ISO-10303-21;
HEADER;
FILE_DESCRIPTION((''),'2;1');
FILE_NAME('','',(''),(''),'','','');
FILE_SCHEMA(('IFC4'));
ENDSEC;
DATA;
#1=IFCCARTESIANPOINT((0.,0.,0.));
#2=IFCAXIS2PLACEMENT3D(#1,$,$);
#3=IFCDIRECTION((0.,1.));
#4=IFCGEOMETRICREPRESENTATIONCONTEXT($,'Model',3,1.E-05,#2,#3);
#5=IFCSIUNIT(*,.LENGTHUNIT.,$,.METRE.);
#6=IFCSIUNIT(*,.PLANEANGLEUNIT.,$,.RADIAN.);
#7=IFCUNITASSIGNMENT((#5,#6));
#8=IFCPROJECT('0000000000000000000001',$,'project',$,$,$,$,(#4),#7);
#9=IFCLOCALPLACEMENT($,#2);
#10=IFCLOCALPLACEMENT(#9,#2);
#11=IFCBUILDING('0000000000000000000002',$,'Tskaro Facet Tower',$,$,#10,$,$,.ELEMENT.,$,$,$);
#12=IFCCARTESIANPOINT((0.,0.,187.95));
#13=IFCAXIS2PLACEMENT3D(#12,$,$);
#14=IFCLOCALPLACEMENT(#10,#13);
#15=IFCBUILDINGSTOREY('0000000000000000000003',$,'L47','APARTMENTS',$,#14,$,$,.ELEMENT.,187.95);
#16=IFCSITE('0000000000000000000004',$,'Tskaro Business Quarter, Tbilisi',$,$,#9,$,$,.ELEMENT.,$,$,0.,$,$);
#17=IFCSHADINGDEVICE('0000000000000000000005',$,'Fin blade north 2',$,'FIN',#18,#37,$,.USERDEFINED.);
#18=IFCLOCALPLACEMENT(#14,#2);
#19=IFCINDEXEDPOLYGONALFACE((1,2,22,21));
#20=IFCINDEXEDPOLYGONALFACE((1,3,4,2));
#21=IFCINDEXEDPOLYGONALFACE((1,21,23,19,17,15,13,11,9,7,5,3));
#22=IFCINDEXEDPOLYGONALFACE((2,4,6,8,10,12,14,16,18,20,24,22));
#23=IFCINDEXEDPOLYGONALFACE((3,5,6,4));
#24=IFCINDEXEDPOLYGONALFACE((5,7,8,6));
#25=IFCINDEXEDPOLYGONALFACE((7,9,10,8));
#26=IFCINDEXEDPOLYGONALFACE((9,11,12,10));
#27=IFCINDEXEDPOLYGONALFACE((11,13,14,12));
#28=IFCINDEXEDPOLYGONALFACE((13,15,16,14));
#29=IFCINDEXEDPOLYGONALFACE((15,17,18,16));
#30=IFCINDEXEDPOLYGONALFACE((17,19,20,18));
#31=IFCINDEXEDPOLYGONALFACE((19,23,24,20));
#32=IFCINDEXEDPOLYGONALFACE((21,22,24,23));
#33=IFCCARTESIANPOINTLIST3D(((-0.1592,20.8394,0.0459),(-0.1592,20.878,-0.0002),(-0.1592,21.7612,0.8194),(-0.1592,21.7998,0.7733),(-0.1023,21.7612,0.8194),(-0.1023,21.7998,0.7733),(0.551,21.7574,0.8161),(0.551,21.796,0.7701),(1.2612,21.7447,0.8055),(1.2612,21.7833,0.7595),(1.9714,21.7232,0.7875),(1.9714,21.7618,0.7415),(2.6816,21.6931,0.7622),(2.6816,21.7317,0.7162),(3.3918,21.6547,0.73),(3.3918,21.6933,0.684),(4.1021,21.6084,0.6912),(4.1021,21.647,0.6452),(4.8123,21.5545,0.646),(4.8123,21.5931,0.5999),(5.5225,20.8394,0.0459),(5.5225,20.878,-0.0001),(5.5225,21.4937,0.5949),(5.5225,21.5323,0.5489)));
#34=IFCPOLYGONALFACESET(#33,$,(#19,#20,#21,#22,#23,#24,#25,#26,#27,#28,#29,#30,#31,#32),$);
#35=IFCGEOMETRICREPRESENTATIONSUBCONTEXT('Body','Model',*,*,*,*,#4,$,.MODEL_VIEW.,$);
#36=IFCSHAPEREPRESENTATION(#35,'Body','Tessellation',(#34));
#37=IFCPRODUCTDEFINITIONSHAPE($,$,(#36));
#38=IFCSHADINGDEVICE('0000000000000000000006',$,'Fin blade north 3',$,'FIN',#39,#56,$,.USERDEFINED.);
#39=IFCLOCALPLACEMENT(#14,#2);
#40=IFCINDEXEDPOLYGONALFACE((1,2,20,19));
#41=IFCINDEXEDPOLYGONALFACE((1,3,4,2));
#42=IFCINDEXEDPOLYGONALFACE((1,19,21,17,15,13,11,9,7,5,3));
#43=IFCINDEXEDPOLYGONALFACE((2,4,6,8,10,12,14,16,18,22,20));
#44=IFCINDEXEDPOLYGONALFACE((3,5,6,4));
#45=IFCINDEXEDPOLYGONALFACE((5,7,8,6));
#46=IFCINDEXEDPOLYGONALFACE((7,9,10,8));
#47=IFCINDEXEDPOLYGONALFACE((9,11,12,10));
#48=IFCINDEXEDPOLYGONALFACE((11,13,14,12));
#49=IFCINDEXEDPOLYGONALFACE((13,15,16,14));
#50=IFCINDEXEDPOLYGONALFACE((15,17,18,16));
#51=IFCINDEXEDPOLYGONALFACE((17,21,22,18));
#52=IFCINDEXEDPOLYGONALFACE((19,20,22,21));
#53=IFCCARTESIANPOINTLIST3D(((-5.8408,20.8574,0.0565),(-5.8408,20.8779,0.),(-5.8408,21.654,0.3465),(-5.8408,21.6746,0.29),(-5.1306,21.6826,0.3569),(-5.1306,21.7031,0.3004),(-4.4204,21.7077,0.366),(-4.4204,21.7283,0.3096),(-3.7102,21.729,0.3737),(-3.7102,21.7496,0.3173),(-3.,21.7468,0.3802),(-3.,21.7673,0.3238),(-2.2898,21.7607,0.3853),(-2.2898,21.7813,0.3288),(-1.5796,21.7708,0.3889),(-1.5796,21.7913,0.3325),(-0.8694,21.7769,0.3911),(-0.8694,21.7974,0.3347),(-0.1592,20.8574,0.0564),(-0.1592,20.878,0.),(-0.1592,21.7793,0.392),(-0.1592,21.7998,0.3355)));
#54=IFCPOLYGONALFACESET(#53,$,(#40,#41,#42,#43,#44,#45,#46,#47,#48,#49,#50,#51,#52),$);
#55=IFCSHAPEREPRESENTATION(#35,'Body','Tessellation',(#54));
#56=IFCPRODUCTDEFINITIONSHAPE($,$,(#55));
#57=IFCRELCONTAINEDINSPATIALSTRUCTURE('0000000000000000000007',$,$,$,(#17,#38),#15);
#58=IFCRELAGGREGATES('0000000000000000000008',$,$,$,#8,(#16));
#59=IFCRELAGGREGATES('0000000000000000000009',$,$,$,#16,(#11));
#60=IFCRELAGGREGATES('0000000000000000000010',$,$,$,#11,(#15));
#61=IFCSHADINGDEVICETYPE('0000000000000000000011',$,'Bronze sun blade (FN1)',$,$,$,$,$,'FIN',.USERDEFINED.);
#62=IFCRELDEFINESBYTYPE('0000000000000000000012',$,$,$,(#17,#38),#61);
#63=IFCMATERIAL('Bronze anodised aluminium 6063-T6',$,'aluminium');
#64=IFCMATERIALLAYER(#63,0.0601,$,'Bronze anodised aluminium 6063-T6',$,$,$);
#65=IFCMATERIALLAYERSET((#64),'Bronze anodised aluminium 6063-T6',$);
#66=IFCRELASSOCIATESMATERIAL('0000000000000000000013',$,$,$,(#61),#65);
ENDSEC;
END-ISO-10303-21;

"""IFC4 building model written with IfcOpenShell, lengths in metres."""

from ifc_helpers import new_model, si_unit, direction, frame, origin, place, context, subcontext, project, spatial, polyline, outline, extrude, material, layer, layer_set, type_object, element, save


model = new_model("IFC4")

# Units and contexts
model_context = context("Model", 3, precision=1e-05, world=origin(), true_north=direction((0.0, 1.0)))
body_context = subcontext(model_context, "Body", "Model", "MODEL_VIEW")
ifc_project = project(units=[si_unit("LENGTHUNIT", "METRE"), si_unit("PLANEANGLEUNIT", "RADIAN")], contexts=[model_context])

# Site, building, storey
site_placement = place(None, origin())
site = spatial("IfcSite", under=ifc_project, at=site_placement, Name="Tskaro Business Quarter, Tbilisi", CompositionType="ELEMENT", RefElevation=0.0)
building_placement = place(site_placement, origin())
building = spatial("IfcBuilding", under=site, at=building_placement, Name="Tskaro Facet Tower", CompositionType="ELEMENT")
storey_placement = place(building_placement, frame((0.0, 0.0, 187.95)))
storey = spatial("IfcBuildingStorey", under=building, at=storey_placement, Name="L47", Description="APARTMENTS", CompositionType="ELEMENT", Elevation=187.95)

# Shared definitions
ifc_material_1 = material(Name="Bronze anodised aluminium 6063-T6", Category="aluminium")

# Shading devices
ifc_layer_1 = layer(ifc_material_1, 0.0601, Name="Bronze anodised aluminium 6063-T6")
ifc_layer_set_1 = layer_set([ifc_layer_1], Name="Bronze anodised aluminium 6063-T6")
shading_device_type = type_object("IfcShadingDeviceType", Name="Bronze sun blade (FN1)", ElementType="FIN", PredefinedType="USERDEFINED", material=ifc_layer_set_1)
shading_device_1_placement = place(storey_placement, frame((5.5225, 20.8394, 0.0459), z_axis=(-0.000011, -0.64279, 0.766043), x_axis=(-1.0, 0.000007, -0.000008)))
element("IfcShadingDevice", 1, at=shading_device_1_placement, inside=storey, type_object=shading_device_type, Name="Fin blade north 2", ObjectType="FIN", PredefinedType="USERDEFINED", context=body_context, shape_type="SweptSolid", body=[
    extrude(outline(polyline([(0.0, 0.0), (5.6816, 0.0), (5.6816, -1.2034), (5.6248, -1.2034), (4.9714, -1.1983), (4.2612, -1.1818), (3.551, -1.1538), (2.8408, -1.1145), (2.1306, -1.0644), (1.4204, -1.0039), (0.7102, -0.9335), (0.0, -0.8542), (0.0, 0.0)])), origin(), (0.0, 0.0, -1.0), 0.0601),
])
shading_device_2_placement = place(storey_placement, frame((-0.1592, 20.8574, 0.0564), z_axis=(0.000015, -0.34207, 0.939674), x_axis=(-1.0, -0.000005, 0.000014)))
element("IfcShadingDevice", 2, at=shading_device_2_placement, inside=storey, type_object=shading_device_type, Name="Fin blade north 3", ObjectType="FIN", PredefinedType="USERDEFINED", context=body_context, shape_type="SweptSolid", body=[
    extrude(outline(polyline([(0.0, 0.0), (5.6816, 0.0), (5.6816, -0.8478), (4.9714, -0.8781), (4.2612, -0.9049), (3.551, -0.9276), (2.8408, -0.9465), (2.1306, -0.9613), (1.4204, -0.972), (0.7102, -0.9785), (0.0, -0.981), (0.0, 0.0)])), origin(), (0.0, 0.0, -1.0), 0.0601),
])

save(model, "model.ifc")
